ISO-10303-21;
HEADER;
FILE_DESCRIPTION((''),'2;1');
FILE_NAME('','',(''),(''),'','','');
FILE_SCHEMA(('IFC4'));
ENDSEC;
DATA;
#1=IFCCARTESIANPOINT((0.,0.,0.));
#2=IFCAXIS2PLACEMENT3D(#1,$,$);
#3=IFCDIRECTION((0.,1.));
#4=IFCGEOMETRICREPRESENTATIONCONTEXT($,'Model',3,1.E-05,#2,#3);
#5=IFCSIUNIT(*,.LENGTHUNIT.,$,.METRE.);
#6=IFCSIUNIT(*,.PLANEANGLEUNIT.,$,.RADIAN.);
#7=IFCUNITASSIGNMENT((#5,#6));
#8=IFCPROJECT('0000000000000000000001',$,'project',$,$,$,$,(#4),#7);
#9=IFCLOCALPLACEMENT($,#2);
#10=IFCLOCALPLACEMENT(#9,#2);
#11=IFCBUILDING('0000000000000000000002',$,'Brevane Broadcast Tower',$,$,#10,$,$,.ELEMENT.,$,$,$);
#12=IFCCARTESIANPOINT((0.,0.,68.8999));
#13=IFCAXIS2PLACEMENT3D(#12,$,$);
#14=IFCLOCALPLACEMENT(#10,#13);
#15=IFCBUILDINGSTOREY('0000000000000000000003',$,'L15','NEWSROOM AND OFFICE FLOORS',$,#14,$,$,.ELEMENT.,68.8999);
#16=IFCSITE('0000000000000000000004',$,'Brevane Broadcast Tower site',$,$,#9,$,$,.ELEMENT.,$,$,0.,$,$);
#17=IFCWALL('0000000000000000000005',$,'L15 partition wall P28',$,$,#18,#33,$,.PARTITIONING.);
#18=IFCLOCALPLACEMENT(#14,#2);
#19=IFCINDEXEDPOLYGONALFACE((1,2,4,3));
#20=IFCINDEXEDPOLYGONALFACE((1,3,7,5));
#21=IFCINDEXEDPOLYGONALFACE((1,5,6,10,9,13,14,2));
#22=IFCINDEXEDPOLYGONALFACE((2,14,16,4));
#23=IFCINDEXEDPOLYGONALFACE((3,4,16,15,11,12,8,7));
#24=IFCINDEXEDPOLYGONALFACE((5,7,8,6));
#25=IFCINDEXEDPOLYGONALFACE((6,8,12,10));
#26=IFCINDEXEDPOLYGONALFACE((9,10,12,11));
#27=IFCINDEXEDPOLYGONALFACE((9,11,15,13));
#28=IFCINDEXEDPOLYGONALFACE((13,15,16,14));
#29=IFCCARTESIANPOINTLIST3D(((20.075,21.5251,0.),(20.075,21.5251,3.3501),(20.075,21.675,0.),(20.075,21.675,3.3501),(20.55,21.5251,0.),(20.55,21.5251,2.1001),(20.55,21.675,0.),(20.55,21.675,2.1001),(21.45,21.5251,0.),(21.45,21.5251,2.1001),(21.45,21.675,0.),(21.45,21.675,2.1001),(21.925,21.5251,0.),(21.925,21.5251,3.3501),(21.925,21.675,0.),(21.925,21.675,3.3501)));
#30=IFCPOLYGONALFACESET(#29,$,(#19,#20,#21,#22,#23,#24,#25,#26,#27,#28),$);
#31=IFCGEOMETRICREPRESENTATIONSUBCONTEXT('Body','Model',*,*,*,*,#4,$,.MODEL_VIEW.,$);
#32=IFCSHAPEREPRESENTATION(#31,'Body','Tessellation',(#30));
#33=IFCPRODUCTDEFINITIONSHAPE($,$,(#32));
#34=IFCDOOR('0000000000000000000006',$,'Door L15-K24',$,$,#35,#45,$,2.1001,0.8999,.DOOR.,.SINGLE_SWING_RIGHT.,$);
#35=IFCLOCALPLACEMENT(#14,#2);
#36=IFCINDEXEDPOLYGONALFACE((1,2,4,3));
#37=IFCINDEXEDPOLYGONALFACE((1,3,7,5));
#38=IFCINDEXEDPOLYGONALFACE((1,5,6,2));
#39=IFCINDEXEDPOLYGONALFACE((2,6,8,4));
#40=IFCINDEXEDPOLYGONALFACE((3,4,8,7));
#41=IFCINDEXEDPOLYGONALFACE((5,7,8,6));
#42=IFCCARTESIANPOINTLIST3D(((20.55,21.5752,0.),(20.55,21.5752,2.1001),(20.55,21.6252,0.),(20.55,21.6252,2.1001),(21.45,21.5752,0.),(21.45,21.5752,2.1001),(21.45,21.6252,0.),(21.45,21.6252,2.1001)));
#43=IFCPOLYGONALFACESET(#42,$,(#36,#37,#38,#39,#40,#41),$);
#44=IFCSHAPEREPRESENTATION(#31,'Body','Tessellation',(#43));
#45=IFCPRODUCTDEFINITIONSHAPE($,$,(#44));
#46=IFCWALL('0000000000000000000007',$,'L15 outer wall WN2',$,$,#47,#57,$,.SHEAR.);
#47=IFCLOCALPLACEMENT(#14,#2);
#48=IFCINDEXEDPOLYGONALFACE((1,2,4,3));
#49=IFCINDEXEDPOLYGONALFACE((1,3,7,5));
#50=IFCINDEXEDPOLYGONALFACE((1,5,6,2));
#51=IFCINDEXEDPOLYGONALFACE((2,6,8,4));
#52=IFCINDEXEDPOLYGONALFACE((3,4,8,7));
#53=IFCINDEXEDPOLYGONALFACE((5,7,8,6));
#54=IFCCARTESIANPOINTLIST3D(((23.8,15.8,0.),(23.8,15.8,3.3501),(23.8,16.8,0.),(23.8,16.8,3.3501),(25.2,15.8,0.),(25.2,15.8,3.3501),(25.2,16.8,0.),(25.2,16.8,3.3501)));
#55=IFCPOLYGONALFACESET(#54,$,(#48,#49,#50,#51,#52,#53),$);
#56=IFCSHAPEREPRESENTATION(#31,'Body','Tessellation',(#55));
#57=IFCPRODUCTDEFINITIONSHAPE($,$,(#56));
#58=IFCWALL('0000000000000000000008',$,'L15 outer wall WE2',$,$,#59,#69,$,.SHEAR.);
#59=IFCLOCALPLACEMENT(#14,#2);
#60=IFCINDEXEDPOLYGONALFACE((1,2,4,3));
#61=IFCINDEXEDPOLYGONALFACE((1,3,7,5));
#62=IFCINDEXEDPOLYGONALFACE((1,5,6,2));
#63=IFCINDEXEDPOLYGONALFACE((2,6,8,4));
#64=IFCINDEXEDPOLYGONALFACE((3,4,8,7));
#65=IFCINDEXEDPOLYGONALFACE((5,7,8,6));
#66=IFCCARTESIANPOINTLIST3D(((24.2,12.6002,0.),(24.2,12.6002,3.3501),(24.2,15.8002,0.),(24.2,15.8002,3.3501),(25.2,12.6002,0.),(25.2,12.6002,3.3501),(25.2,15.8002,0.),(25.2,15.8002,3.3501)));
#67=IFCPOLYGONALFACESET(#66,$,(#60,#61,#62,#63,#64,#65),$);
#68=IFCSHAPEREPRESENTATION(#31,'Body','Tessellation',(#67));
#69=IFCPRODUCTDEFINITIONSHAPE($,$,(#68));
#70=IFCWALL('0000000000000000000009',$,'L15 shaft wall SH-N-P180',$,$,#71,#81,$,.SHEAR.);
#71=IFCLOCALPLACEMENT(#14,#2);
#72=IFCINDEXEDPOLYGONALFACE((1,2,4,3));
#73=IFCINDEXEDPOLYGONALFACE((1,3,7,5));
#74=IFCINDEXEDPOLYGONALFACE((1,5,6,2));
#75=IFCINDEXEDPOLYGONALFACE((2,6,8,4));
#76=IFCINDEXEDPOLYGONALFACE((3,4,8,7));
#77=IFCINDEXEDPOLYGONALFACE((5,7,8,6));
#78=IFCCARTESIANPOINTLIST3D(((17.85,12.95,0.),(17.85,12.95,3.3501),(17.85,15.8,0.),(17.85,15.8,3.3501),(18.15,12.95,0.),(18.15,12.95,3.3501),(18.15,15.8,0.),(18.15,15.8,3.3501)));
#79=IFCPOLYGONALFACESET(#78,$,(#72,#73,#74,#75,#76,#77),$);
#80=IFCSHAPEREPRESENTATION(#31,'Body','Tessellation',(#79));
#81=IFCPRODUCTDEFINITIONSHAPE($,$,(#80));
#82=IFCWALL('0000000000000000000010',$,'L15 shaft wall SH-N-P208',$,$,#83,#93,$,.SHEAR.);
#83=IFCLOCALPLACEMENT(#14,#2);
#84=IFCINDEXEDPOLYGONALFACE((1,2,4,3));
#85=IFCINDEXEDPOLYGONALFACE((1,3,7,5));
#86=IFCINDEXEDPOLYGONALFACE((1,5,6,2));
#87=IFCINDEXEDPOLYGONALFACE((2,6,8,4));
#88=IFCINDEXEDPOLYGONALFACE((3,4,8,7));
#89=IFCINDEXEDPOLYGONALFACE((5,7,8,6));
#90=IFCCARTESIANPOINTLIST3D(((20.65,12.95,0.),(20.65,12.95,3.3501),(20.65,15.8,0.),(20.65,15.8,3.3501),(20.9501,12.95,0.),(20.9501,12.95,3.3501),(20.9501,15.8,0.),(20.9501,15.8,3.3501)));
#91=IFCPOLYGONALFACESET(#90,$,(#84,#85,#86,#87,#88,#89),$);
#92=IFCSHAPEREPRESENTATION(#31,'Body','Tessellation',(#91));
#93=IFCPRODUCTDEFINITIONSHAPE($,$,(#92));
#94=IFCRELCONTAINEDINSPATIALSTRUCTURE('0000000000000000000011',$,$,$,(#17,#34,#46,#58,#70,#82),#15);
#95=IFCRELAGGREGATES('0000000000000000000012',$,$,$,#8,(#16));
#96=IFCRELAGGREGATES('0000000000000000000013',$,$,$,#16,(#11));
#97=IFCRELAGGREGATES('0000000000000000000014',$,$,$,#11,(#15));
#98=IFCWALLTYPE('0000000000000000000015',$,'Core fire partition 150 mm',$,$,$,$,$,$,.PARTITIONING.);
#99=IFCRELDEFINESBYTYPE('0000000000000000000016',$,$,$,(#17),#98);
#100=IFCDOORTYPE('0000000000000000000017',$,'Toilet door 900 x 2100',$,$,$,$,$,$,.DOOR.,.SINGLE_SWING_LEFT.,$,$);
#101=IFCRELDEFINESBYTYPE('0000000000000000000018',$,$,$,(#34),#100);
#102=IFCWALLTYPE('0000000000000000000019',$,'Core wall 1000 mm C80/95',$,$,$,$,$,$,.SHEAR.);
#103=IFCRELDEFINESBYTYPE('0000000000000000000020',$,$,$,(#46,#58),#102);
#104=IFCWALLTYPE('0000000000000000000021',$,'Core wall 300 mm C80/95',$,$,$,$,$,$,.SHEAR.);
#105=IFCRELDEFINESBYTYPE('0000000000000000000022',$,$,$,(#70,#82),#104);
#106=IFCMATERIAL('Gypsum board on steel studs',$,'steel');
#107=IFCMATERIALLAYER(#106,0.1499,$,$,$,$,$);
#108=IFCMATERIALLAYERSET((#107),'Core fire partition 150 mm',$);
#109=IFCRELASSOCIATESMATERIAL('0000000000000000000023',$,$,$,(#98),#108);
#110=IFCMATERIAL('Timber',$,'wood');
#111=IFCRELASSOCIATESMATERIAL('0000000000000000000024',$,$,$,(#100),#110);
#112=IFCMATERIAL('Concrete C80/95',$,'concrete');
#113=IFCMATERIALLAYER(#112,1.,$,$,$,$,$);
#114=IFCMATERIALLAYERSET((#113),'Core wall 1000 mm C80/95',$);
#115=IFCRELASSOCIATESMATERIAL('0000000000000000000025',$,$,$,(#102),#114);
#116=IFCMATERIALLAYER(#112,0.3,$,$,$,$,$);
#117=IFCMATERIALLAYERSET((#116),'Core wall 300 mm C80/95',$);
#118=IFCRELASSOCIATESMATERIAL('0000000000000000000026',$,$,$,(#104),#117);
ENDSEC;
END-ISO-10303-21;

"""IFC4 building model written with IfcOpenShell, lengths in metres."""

from ifc_helpers import new_model, si_unit, direction, frame, frame_2d, origin, place, context, subcontext, project, spatial, rectangle, extrude, material, layer, layer_set, type_object, element, fill, save


model = new_model("IFC4")

# Units and contexts
model_context = context("Model", 3, precision=1e-05, world=origin(), true_north=direction((0.0, 1.0)))
body_context = subcontext(model_context, "Body", "Model", "MODEL_VIEW")
ifc_project = project(units=[si_unit("LENGTHUNIT", "METRE"), si_unit("PLANEANGLEUNIT", "RADIAN")], contexts=[model_context])

# Site, building, storey
site_placement = place(None, origin())
site = spatial("IfcSite", under=ifc_project, at=site_placement, Name="Brevane Broadcast Tower site", CompositionType="ELEMENT", RefElevation=0.0)
building_placement = place(site_placement, origin())
building = spatial("IfcBuilding", under=site, at=building_placement, Name="Brevane Broadcast Tower", CompositionType="ELEMENT")
storey_placement = place(building_placement, frame((0.0, 0.0, 68.8999)))
storey = spatial("IfcBuildingStorey", under=building, at=storey_placement, Name="L15", Description="NEWSROOM AND OFFICE FLOORS", CompositionType="ELEMENT", Elevation=68.8999)

# Shared definitions
ifc_material_1 = material(Name="Gypsum board on steel studs", Category="steel")
ifc_layer_1 = layer(ifc_material_1, 0.1499)
ifc_layer_set_1 = layer_set([ifc_layer_1], Name="Core fire partition 150 mm")
wall_type_1 = type_object("IfcWallType", Name="Core fire partition 150 mm", PredefinedType="PARTITIONING", material=ifc_layer_set_1)

# Wall, opening, door
wall_1_placement = place(storey_placement, frame((21.925, 21.6001, 0.0), z_axis=(0.0, 0.0, 1.0), x_axis=(-1.0, 0.0, 0.0)))
wall_1 = element("IfcWall", 1, at=wall_1_placement, inside=storey, type_object=wall_type_1, Name="L15 partition wall P28", PredefinedType="PARTITIONING", context=body_context, shape_type="SweptSolid", body=[
    extrude(rectangle(XDim=1.8501, YDim=0.1499, at=frame_2d((0.925, 0.0))), origin(), (0.0, 0.0, 1.0), 3.3501),
])
opening_1_placement = place(wall_1_placement, frame((0.4751, 0.0, 0.0)))
opening_1 = element("IfcOpeningElement", 2, at=opening_1_placement, cuts=wall_1, PredefinedType="OPENING", context=body_context, shape_type="SweptSolid", body=[
    extrude(rectangle(XDim=0.8999, YDim=2.1001, at=frame_2d((0.45, 1.05))), frame((0.0, 0.085, 0.0), z_axis=(0.0, -1.0, 0.0), x_axis=(1.0, 0.0, 0.0)), (0.0, 0.0, 1.0), 0.1699),
])
ifc_material_2 = material(Name="Timber", Category="wood")
door_type_1 = type_object("IfcDoorType", Name="Toilet door 900 x 2100", OperationType="SINGLE_SWING_LEFT", PredefinedType="DOOR", material=ifc_material_2)
door_1_placement = place(opening_1_placement, origin())
door_1 = element("IfcDoor", 3, at=door_1_placement, inside=storey, type_object=door_type_1, Name="Door L15-K24", OperationType="SINGLE_SWING_RIGHT", OverallHeight=2.1001, OverallWidth=0.8999, PredefinedType="DOOR", context=body_context, shape_type="SweptSolid", body=[
    extrude(rectangle(XDim=0.8999, YDim=2.1001, at=frame_2d((0.45, 1.05))), frame((0.0, 0.0249, 0.0), z_axis=(0.0, -1.0, 0.0), x_axis=(1.0, 0.0, 0.0)), (0.0, 0.0, 1.0), 0.05),
])
fill(opening_1, door_1)

# Walls
ifc_material_3 = material(Name="Concrete C80/95", Category="concrete")
ifc_layer_2 = layer(ifc_material_3, 1.0)
ifc_layer_set_2 = layer_set([ifc_layer_2], Name="Core wall 1000 mm C80/95")
wall_type_2 = type_object("IfcWallType", Name="Core wall 1000 mm C80/95", PredefinedType="SHEAR", material=ifc_layer_set_2)
wall_2_placement = place(storey_placement, frame((23.8, 16.3, 0.0), z_axis=(0.0, 0.0, 1.0), x_axis=(1.0, 0.0, 0.0)))
element("IfcWall", 4, at=wall_2_placement, inside=storey, type_object=wall_type_2, Name="L15 outer wall WN2", PredefinedType="SHEAR", context=body_context, shape_type="SweptSolid", body=[
    extrude(rectangle(XDim=1.3999, YDim=1.0, at=frame_2d((0.7, 0.0))), origin(), (0.0, 0.0, 1.0), 3.3501),
])
wall_3_placement = place(storey_placement, frame((24.7, 12.6001, 0.0), z_axis=(0.0, 0.0, 1.0), x_axis=(0.0, 1.0, 0.0)))
element("IfcWall", 5, at=wall_3_placement, inside=storey, type_object=wall_type_2, Name="L15 outer wall WE2", PredefinedType="SHEAR", context=body_context, shape_type="SweptSolid", body=[
    extrude(rectangle(XDim=3.2, YDim=1.0, at=frame_2d((1.6001, 0.0))), origin(), (0.0, 0.0, 1.0), 3.3501),
])
ifc_layer_3 = layer(ifc_material_3, 0.3)
ifc_layer_set_3 = layer_set([ifc_layer_3], Name="Core wall 300 mm C80/95")
wall_type_3 = type_object("IfcWallType", Name="Core wall 300 mm C80/95", PredefinedType="SHEAR", material=ifc_layer_set_3)
for number, where, z_axis, x_axis, name in (
    (6, (18.0, 12.95, 0.0), (0.0, 0.0, 1.0), (0.0, 1.0, 0.0), "L15 shaft wall SH-N-P180"),
    (7, (20.8, 12.95, 0.0), (0.0, 0.0, 1.0), (0.0, 1.0, 0.0), "L15 shaft wall SH-N-P208"),
):
    element("IfcWall", number, at=place(storey_placement, frame(where, z_axis=z_axis, x_axis=x_axis)), inside=storey, type_object=wall_type_3, Name=name, PredefinedType="SHEAR", context=body_context, shape_type="SweptSolid", body=[
        extrude(rectangle(XDim=2.8501, YDim=0.3, at=frame_2d((1.425, 0.0))), origin(), (0.0, 0.0, 1.0), 3.3501),
    ])

save(model, "model.ifc")
